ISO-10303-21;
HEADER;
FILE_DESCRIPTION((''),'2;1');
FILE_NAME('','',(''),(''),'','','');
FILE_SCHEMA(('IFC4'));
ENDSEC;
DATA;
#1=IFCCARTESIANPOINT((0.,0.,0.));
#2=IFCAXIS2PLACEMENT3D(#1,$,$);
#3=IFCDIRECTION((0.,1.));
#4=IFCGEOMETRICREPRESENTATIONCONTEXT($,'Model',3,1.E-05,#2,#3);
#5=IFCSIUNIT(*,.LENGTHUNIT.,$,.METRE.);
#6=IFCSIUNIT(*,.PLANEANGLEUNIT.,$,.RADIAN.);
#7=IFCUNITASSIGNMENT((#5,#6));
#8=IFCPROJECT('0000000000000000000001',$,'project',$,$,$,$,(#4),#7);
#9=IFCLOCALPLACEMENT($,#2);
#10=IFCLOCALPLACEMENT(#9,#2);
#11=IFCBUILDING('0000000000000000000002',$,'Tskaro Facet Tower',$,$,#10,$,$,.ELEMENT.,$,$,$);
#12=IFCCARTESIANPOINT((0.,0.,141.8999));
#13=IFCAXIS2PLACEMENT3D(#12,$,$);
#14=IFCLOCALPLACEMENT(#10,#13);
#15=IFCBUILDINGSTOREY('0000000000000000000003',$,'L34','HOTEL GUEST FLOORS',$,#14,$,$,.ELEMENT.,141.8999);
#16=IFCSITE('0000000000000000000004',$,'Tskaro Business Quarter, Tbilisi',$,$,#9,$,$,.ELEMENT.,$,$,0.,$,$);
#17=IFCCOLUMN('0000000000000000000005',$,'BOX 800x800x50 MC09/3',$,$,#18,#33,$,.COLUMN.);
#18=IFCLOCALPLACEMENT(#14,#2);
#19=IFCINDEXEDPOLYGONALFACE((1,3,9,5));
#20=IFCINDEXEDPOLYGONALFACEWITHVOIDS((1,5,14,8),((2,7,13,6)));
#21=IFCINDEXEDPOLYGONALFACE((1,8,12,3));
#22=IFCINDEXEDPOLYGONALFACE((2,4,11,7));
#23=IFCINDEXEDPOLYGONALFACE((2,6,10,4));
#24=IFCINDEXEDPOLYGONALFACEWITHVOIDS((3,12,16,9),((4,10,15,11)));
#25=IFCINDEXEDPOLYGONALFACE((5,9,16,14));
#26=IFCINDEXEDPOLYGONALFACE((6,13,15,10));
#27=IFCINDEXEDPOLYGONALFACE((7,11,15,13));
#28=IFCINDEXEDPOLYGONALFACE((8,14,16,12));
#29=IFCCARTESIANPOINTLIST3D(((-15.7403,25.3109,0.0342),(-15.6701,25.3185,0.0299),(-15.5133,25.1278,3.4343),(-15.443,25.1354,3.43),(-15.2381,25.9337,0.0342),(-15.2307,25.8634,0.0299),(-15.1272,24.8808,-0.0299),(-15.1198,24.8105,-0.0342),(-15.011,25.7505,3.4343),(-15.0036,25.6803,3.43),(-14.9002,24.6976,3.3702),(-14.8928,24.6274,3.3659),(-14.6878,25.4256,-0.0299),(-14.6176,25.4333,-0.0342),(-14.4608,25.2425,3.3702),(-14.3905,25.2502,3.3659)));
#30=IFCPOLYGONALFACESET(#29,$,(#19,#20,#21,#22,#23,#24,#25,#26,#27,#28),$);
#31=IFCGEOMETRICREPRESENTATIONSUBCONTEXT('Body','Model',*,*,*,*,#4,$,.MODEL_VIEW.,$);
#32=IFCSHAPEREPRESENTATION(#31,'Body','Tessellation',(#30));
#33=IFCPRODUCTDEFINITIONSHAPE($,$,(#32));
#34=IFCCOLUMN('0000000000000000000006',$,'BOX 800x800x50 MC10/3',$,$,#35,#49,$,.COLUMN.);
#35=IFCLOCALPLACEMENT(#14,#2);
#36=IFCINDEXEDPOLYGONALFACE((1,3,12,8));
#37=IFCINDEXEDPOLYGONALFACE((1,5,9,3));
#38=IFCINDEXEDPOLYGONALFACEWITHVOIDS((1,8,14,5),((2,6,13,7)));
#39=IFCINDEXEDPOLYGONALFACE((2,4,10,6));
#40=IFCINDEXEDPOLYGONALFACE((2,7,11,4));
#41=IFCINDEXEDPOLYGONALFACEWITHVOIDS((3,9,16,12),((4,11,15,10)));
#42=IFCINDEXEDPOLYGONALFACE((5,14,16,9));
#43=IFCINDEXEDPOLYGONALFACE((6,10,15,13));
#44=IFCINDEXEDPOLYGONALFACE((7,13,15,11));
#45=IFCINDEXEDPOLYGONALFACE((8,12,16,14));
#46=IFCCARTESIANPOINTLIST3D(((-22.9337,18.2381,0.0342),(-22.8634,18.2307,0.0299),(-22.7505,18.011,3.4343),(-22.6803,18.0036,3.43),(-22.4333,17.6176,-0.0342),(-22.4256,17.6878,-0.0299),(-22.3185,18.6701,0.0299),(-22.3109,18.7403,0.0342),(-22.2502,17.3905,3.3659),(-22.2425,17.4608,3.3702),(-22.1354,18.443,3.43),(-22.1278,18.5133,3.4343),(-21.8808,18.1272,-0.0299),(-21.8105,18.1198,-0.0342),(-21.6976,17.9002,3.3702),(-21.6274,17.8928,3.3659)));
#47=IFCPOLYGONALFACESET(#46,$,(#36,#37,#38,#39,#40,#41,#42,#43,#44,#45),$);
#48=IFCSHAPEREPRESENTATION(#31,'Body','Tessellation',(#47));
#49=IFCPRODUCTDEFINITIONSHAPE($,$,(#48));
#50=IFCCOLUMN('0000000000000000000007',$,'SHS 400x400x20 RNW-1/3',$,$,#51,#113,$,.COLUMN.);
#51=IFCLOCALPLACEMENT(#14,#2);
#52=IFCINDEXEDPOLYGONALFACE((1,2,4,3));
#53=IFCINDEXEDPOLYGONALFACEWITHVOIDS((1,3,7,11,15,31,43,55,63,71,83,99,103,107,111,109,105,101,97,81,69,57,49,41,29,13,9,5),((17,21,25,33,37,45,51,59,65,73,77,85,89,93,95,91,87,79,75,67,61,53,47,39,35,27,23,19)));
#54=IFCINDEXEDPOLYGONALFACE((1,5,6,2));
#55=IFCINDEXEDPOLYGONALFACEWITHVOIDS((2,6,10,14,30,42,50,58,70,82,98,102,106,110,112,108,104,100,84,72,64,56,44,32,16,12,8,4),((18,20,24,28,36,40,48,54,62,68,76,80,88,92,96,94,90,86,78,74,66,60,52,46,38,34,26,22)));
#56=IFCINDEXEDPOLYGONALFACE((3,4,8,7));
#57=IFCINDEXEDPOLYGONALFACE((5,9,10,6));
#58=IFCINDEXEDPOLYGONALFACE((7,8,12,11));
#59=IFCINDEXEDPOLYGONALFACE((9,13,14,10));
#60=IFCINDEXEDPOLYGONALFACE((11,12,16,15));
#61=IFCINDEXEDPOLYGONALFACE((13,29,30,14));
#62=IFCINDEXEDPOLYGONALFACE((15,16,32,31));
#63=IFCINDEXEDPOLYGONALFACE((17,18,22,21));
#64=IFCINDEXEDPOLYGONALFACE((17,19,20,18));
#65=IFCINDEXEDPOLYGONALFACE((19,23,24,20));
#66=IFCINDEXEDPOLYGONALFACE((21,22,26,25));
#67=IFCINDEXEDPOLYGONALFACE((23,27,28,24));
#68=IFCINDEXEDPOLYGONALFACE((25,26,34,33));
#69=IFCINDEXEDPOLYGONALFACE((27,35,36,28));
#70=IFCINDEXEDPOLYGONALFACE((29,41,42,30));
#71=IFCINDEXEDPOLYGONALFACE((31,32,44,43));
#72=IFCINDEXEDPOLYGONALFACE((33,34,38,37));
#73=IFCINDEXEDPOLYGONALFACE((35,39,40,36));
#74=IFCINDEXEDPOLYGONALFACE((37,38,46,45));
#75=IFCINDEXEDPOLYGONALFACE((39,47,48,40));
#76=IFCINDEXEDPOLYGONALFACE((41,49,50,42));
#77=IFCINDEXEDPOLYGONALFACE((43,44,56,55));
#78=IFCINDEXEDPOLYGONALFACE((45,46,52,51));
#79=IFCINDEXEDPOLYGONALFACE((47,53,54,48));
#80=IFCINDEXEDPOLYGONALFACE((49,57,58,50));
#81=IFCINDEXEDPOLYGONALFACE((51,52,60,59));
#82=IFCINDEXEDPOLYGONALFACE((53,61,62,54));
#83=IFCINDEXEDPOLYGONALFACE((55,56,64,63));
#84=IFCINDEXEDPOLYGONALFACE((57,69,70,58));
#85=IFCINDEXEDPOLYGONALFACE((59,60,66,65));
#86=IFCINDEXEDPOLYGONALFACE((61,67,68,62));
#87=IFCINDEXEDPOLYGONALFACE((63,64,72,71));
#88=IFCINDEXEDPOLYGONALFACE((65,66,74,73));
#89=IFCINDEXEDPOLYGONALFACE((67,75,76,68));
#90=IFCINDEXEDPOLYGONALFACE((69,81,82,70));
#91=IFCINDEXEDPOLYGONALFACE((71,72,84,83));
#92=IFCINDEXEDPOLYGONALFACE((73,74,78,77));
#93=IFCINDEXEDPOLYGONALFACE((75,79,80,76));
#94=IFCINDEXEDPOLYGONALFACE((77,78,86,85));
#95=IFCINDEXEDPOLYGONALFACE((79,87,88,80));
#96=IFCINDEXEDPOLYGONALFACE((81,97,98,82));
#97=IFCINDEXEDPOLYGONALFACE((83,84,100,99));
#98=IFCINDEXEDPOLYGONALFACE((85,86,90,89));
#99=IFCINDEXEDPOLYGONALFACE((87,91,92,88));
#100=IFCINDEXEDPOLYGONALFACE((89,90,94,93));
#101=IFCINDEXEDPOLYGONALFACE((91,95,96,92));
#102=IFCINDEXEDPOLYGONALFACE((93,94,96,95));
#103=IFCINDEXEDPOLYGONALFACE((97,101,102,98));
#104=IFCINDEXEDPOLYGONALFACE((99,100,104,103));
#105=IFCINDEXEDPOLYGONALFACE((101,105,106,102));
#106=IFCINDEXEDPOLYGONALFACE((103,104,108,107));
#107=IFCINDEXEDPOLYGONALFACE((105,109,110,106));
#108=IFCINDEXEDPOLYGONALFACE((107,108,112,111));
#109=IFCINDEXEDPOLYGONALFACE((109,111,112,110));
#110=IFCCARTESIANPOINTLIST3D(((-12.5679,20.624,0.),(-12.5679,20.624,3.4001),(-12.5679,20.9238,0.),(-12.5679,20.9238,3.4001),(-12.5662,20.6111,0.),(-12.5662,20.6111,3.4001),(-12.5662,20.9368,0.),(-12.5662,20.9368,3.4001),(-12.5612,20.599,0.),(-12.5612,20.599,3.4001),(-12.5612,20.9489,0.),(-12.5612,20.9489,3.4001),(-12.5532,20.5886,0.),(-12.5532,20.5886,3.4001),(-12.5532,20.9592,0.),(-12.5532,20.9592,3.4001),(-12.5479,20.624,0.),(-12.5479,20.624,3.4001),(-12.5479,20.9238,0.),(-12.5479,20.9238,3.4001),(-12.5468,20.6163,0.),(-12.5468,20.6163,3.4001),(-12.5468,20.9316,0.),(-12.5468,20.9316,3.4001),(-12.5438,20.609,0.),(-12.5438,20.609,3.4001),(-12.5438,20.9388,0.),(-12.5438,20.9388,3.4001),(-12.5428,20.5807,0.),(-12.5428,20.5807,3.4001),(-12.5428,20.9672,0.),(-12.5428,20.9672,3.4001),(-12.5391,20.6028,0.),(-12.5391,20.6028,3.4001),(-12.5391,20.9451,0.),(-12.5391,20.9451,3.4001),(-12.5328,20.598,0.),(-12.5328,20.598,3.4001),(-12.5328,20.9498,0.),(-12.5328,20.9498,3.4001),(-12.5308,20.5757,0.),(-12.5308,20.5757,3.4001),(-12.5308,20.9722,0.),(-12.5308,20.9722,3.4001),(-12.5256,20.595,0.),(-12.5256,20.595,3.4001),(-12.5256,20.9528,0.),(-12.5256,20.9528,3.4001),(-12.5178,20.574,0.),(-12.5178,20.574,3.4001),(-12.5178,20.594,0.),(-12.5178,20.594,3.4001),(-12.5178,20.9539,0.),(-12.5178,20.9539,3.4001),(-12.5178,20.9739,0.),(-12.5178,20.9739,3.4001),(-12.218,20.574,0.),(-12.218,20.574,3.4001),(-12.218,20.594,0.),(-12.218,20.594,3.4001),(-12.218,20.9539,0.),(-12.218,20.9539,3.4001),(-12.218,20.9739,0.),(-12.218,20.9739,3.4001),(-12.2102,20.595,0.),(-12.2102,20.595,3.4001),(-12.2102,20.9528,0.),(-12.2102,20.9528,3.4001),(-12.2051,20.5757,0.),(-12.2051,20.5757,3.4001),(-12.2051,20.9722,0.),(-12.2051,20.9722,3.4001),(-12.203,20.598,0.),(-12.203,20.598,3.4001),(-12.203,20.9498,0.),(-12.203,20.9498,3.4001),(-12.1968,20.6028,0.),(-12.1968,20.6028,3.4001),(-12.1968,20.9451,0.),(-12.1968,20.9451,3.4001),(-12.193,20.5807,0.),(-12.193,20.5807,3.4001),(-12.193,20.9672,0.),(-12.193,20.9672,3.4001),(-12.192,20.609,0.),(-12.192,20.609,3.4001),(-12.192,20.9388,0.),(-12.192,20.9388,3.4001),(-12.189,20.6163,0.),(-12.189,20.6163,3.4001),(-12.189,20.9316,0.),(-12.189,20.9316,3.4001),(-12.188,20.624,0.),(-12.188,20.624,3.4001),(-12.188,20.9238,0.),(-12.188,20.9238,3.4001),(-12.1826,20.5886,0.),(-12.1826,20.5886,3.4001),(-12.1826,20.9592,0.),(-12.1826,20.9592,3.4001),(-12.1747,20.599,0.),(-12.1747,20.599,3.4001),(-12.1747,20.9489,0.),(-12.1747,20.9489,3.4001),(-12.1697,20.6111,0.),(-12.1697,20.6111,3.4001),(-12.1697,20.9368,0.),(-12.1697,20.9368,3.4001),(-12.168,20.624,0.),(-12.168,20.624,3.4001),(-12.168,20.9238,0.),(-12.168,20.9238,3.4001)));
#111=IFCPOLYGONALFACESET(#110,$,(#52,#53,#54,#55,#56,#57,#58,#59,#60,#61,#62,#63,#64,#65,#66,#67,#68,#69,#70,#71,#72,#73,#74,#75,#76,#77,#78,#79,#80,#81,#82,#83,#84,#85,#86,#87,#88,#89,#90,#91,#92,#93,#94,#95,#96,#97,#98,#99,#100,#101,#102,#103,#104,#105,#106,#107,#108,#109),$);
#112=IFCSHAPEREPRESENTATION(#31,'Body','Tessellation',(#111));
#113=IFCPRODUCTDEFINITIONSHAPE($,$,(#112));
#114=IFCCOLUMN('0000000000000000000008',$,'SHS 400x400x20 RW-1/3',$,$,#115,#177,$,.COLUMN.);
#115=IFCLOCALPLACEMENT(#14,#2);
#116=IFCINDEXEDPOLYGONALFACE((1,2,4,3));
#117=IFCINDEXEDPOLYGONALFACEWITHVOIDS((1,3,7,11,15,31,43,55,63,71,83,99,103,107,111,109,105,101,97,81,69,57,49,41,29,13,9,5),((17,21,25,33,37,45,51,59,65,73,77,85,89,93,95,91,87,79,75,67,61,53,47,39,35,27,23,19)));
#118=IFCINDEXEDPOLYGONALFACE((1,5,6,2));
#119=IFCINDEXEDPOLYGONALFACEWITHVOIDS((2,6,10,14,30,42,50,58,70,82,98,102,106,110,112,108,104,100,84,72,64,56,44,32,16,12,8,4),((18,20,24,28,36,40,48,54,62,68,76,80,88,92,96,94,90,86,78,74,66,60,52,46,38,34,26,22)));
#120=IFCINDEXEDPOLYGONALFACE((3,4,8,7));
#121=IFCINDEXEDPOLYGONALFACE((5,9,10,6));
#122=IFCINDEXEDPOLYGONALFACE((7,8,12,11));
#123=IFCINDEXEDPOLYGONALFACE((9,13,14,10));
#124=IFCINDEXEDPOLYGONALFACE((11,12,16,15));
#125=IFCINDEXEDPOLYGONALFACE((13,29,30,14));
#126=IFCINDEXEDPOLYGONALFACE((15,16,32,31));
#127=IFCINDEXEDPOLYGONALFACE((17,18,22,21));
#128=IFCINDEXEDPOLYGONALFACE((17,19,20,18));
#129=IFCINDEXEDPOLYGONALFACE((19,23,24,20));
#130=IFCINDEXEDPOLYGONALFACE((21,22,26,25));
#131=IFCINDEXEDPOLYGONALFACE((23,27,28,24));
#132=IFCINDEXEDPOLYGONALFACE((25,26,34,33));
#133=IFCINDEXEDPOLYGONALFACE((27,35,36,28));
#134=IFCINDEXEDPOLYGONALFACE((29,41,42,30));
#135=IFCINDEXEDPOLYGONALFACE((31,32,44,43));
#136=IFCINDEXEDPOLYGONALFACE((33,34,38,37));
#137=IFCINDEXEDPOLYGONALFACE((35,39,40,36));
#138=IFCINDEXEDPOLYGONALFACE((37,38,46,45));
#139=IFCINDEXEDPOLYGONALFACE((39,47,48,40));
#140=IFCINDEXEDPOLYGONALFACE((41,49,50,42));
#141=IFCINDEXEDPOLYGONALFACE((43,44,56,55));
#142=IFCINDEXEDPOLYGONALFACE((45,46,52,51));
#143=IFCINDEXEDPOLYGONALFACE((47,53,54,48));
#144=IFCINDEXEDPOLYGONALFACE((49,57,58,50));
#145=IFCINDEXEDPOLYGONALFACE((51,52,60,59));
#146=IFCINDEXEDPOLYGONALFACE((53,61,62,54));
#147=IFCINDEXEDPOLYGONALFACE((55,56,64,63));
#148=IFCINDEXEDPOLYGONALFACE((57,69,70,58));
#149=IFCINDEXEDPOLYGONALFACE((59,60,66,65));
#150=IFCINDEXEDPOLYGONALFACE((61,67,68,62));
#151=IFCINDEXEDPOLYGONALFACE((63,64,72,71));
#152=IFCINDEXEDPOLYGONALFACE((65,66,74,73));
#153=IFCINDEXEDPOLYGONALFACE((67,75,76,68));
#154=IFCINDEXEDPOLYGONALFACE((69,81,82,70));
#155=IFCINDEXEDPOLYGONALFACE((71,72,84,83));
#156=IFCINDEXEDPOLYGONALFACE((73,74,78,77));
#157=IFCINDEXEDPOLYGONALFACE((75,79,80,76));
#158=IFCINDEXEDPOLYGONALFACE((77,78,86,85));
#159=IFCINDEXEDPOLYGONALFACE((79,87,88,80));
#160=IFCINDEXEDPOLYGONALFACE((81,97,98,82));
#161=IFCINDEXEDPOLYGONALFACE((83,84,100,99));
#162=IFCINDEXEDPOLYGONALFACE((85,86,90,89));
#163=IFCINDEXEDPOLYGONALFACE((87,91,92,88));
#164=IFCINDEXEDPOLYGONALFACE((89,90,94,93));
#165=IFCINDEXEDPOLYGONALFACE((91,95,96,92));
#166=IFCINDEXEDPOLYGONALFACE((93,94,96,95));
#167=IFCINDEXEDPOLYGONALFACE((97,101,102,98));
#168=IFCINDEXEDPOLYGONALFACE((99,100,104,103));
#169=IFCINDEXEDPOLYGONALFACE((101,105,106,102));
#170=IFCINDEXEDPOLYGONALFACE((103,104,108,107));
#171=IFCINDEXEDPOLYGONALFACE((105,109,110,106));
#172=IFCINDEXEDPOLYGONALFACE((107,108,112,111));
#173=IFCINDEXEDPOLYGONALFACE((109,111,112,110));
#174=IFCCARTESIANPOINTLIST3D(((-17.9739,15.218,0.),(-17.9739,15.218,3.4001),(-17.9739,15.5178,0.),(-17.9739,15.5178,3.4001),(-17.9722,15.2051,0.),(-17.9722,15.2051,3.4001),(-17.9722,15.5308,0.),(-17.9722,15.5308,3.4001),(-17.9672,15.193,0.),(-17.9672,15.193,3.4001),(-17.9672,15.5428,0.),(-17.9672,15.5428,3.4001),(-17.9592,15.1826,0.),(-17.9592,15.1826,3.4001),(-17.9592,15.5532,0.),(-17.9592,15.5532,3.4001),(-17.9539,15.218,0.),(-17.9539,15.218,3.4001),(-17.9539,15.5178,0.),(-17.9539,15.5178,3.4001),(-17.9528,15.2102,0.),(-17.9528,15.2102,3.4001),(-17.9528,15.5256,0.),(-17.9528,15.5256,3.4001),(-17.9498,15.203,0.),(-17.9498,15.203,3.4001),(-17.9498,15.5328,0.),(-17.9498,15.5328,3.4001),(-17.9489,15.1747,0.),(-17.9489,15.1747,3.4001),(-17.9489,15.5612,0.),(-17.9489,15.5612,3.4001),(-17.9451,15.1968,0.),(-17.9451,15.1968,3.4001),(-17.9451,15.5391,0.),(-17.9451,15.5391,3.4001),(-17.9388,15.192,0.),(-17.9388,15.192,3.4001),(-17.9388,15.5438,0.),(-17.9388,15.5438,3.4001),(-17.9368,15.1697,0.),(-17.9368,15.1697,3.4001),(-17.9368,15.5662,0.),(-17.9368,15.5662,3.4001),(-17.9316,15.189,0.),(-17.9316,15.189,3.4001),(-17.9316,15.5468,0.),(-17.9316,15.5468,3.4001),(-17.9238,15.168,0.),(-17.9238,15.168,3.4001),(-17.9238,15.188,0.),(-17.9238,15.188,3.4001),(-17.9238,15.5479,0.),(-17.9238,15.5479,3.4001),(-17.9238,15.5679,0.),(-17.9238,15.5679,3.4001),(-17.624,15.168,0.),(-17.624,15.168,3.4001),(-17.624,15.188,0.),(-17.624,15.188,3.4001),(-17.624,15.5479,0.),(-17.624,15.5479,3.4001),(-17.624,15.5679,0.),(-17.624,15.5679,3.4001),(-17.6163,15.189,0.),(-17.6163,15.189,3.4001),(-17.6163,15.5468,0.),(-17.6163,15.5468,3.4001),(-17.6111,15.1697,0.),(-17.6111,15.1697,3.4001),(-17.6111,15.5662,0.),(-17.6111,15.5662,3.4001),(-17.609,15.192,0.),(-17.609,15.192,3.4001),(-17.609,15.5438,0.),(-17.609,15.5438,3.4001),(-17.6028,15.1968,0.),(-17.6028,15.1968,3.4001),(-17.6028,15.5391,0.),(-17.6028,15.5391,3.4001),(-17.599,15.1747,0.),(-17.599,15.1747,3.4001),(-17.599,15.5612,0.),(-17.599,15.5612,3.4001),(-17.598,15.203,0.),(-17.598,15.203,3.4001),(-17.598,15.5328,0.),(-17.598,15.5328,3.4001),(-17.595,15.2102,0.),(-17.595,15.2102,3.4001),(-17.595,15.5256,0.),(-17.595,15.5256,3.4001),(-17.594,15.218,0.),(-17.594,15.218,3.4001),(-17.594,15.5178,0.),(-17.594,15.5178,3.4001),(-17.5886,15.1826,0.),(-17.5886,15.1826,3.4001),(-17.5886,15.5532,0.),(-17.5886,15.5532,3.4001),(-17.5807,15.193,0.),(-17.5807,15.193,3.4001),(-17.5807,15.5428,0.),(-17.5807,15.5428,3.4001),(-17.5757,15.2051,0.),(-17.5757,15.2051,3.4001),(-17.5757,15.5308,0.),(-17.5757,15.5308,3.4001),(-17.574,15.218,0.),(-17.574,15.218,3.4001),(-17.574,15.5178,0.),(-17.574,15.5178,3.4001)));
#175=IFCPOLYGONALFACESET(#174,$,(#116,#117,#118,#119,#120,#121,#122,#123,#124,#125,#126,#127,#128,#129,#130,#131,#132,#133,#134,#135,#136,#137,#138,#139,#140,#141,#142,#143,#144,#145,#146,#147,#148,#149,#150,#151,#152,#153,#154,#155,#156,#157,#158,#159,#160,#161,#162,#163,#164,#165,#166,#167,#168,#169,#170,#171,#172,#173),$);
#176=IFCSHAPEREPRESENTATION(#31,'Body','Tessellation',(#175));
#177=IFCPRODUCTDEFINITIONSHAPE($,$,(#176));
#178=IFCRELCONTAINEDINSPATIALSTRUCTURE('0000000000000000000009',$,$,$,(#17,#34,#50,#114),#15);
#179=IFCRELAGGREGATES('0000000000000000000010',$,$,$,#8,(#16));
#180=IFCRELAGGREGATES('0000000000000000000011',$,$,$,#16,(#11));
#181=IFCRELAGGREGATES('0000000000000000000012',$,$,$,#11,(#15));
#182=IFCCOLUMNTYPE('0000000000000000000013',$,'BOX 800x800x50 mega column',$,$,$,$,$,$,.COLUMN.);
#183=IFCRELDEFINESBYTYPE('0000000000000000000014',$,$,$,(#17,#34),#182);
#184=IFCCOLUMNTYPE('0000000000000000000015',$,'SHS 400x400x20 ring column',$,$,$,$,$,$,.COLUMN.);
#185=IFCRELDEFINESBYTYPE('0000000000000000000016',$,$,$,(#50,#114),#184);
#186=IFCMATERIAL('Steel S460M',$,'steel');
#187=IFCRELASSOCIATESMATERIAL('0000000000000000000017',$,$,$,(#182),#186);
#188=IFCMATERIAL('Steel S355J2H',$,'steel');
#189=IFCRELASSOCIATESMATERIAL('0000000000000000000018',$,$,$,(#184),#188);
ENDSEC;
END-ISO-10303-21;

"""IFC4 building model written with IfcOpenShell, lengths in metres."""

from ifc_helpers import new_model, si_unit, direction, frame, origin, origin_2d, place, context, subcontext, project, spatial, hollow_rectangle, extrude, material, material_profile, profile_set, type_object, element, save


model = new_model("IFC4")

# Units and contexts
model_context = context("Model", 3, precision=1e-05, world=origin(), true_north=direction((0.0, 1.0)))
body_context = subcontext(model_context, "Body", "Model", "MODEL_VIEW")
ifc_project = project(units=[si_unit("LENGTHUNIT", "METRE"), si_unit("PLANEANGLEUNIT", "RADIAN")], contexts=[model_context])

# Site, building, storey
site_placement = place(None, origin())
site = spatial("IfcSite", under=ifc_project, at=site_placement, Name="Tskaro Business Quarter, Tbilisi", CompositionType="ELEMENT", RefElevation=0.0)
building_placement = place(site_placement, origin())
building = spatial("IfcBuilding", under=site, at=building_placement, Name="Tskaro Facet Tower", CompositionType="ELEMENT")
storey_placement = place(building_placement, frame((0.0, 0.0, 141.8999)))
storey = spatial("IfcBuildingStorey", under=building, at=storey_placement, Name="L34", Description="HOTEL GUEST FLOORS", CompositionType="ELEMENT", Elevation=141.8999)

# Columns
ifc_material_1 = material(Name="Steel S460M", Category="steel")
ifc_material_profile_1 = material_profile(ifc_material_1, hollow_rectangle(XDim=0.8, YDim=0.8, WallThickness=0.05, at=origin_2d()), Name="BOX 800x800x50")
ifc_profile_set_1 = profile_set([ifc_material_profile_1], Name="Steel S460M")
column_type_1 = type_object("IfcColumnType", Name="BOX 800x800x50 mega column", PredefinedType="COLUMN", material=ifc_profile_set_1)
for number, where, z_axis, x_axis, name in (
    (1, (-15.179, 25.3721, 0.0), (0.066532, -0.053655, 0.996341), (0.627752, 0.778413, 0.0), "BOX 800x800x50 MC09/3"),
    (2, (-22.3721, 18.179, 0.0), (0.053655, -0.066532, 0.996341), (0.778413, 0.627752, 0.0), "BOX 800x800x50 MC10/3"),
):
    element("IfcColumn", number, at=place(storey_placement, frame(where, z_axis=z_axis, x_axis=x_axis)), inside=storey, type_object=column_type_1, Name=name, PredefinedType="COLUMN", context=body_context, shape_type="SweptSolid", body=[
        extrude(hollow_rectangle(XDim=0.8, YDim=0.8, WallThickness=0.05, at=origin_2d()), origin(), (0.0, 0.0, 1.0), 3.4126),
    ])
ifc_material_2 = material(Name="Steel S355J2H", Category="steel")
ifc_material_profile_2 = material_profile(ifc_material_2, hollow_rectangle(XDim=0.3999, YDim=0.3999, WallThickness=0.02, InnerFilletRadius=0.03, OuterFilletRadius=0.05, at=origin_2d()), Name="SHS 400x400x20")
ifc_profile_set_2 = profile_set([ifc_material_profile_2], Name="Steel S355J2H")
column_type_2 = type_object("IfcColumnType", Name="SHS 400x400x20 ring column", PredefinedType="COLUMN", material=ifc_profile_set_2)
for number, where, z_axis, x_axis, name in (
    (3, (-12.3679, 20.7739, 0.0), (0.0, 0.0, 1.0), (1.0, 0.0, 0.0), "SHS 400x400x20 RNW-1/3"),
    (4, (-17.7739, 15.3679, 0.0), (0.0, 0.0, 1.0), (1.0, 0.0, 0.0), "SHS 400x400x20 RW-1/3"),
):
    element("IfcColumn", number, at=place(storey_placement, frame(where, z_axis=z_axis, x_axis=x_axis)), inside=storey, type_object=column_type_2, Name=name, PredefinedType="COLUMN", context=body_context, shape_type="SweptSolid", body=[
        extrude(hollow_rectangle(XDim=0.3999, YDim=0.3999, WallThickness=0.02, InnerFilletRadius=0.03, OuterFilletRadius=0.05, at=origin_2d()), origin(), (0.0, 0.0, 1.0), 3.4001),
    ])

save(model, "model.ifc")
